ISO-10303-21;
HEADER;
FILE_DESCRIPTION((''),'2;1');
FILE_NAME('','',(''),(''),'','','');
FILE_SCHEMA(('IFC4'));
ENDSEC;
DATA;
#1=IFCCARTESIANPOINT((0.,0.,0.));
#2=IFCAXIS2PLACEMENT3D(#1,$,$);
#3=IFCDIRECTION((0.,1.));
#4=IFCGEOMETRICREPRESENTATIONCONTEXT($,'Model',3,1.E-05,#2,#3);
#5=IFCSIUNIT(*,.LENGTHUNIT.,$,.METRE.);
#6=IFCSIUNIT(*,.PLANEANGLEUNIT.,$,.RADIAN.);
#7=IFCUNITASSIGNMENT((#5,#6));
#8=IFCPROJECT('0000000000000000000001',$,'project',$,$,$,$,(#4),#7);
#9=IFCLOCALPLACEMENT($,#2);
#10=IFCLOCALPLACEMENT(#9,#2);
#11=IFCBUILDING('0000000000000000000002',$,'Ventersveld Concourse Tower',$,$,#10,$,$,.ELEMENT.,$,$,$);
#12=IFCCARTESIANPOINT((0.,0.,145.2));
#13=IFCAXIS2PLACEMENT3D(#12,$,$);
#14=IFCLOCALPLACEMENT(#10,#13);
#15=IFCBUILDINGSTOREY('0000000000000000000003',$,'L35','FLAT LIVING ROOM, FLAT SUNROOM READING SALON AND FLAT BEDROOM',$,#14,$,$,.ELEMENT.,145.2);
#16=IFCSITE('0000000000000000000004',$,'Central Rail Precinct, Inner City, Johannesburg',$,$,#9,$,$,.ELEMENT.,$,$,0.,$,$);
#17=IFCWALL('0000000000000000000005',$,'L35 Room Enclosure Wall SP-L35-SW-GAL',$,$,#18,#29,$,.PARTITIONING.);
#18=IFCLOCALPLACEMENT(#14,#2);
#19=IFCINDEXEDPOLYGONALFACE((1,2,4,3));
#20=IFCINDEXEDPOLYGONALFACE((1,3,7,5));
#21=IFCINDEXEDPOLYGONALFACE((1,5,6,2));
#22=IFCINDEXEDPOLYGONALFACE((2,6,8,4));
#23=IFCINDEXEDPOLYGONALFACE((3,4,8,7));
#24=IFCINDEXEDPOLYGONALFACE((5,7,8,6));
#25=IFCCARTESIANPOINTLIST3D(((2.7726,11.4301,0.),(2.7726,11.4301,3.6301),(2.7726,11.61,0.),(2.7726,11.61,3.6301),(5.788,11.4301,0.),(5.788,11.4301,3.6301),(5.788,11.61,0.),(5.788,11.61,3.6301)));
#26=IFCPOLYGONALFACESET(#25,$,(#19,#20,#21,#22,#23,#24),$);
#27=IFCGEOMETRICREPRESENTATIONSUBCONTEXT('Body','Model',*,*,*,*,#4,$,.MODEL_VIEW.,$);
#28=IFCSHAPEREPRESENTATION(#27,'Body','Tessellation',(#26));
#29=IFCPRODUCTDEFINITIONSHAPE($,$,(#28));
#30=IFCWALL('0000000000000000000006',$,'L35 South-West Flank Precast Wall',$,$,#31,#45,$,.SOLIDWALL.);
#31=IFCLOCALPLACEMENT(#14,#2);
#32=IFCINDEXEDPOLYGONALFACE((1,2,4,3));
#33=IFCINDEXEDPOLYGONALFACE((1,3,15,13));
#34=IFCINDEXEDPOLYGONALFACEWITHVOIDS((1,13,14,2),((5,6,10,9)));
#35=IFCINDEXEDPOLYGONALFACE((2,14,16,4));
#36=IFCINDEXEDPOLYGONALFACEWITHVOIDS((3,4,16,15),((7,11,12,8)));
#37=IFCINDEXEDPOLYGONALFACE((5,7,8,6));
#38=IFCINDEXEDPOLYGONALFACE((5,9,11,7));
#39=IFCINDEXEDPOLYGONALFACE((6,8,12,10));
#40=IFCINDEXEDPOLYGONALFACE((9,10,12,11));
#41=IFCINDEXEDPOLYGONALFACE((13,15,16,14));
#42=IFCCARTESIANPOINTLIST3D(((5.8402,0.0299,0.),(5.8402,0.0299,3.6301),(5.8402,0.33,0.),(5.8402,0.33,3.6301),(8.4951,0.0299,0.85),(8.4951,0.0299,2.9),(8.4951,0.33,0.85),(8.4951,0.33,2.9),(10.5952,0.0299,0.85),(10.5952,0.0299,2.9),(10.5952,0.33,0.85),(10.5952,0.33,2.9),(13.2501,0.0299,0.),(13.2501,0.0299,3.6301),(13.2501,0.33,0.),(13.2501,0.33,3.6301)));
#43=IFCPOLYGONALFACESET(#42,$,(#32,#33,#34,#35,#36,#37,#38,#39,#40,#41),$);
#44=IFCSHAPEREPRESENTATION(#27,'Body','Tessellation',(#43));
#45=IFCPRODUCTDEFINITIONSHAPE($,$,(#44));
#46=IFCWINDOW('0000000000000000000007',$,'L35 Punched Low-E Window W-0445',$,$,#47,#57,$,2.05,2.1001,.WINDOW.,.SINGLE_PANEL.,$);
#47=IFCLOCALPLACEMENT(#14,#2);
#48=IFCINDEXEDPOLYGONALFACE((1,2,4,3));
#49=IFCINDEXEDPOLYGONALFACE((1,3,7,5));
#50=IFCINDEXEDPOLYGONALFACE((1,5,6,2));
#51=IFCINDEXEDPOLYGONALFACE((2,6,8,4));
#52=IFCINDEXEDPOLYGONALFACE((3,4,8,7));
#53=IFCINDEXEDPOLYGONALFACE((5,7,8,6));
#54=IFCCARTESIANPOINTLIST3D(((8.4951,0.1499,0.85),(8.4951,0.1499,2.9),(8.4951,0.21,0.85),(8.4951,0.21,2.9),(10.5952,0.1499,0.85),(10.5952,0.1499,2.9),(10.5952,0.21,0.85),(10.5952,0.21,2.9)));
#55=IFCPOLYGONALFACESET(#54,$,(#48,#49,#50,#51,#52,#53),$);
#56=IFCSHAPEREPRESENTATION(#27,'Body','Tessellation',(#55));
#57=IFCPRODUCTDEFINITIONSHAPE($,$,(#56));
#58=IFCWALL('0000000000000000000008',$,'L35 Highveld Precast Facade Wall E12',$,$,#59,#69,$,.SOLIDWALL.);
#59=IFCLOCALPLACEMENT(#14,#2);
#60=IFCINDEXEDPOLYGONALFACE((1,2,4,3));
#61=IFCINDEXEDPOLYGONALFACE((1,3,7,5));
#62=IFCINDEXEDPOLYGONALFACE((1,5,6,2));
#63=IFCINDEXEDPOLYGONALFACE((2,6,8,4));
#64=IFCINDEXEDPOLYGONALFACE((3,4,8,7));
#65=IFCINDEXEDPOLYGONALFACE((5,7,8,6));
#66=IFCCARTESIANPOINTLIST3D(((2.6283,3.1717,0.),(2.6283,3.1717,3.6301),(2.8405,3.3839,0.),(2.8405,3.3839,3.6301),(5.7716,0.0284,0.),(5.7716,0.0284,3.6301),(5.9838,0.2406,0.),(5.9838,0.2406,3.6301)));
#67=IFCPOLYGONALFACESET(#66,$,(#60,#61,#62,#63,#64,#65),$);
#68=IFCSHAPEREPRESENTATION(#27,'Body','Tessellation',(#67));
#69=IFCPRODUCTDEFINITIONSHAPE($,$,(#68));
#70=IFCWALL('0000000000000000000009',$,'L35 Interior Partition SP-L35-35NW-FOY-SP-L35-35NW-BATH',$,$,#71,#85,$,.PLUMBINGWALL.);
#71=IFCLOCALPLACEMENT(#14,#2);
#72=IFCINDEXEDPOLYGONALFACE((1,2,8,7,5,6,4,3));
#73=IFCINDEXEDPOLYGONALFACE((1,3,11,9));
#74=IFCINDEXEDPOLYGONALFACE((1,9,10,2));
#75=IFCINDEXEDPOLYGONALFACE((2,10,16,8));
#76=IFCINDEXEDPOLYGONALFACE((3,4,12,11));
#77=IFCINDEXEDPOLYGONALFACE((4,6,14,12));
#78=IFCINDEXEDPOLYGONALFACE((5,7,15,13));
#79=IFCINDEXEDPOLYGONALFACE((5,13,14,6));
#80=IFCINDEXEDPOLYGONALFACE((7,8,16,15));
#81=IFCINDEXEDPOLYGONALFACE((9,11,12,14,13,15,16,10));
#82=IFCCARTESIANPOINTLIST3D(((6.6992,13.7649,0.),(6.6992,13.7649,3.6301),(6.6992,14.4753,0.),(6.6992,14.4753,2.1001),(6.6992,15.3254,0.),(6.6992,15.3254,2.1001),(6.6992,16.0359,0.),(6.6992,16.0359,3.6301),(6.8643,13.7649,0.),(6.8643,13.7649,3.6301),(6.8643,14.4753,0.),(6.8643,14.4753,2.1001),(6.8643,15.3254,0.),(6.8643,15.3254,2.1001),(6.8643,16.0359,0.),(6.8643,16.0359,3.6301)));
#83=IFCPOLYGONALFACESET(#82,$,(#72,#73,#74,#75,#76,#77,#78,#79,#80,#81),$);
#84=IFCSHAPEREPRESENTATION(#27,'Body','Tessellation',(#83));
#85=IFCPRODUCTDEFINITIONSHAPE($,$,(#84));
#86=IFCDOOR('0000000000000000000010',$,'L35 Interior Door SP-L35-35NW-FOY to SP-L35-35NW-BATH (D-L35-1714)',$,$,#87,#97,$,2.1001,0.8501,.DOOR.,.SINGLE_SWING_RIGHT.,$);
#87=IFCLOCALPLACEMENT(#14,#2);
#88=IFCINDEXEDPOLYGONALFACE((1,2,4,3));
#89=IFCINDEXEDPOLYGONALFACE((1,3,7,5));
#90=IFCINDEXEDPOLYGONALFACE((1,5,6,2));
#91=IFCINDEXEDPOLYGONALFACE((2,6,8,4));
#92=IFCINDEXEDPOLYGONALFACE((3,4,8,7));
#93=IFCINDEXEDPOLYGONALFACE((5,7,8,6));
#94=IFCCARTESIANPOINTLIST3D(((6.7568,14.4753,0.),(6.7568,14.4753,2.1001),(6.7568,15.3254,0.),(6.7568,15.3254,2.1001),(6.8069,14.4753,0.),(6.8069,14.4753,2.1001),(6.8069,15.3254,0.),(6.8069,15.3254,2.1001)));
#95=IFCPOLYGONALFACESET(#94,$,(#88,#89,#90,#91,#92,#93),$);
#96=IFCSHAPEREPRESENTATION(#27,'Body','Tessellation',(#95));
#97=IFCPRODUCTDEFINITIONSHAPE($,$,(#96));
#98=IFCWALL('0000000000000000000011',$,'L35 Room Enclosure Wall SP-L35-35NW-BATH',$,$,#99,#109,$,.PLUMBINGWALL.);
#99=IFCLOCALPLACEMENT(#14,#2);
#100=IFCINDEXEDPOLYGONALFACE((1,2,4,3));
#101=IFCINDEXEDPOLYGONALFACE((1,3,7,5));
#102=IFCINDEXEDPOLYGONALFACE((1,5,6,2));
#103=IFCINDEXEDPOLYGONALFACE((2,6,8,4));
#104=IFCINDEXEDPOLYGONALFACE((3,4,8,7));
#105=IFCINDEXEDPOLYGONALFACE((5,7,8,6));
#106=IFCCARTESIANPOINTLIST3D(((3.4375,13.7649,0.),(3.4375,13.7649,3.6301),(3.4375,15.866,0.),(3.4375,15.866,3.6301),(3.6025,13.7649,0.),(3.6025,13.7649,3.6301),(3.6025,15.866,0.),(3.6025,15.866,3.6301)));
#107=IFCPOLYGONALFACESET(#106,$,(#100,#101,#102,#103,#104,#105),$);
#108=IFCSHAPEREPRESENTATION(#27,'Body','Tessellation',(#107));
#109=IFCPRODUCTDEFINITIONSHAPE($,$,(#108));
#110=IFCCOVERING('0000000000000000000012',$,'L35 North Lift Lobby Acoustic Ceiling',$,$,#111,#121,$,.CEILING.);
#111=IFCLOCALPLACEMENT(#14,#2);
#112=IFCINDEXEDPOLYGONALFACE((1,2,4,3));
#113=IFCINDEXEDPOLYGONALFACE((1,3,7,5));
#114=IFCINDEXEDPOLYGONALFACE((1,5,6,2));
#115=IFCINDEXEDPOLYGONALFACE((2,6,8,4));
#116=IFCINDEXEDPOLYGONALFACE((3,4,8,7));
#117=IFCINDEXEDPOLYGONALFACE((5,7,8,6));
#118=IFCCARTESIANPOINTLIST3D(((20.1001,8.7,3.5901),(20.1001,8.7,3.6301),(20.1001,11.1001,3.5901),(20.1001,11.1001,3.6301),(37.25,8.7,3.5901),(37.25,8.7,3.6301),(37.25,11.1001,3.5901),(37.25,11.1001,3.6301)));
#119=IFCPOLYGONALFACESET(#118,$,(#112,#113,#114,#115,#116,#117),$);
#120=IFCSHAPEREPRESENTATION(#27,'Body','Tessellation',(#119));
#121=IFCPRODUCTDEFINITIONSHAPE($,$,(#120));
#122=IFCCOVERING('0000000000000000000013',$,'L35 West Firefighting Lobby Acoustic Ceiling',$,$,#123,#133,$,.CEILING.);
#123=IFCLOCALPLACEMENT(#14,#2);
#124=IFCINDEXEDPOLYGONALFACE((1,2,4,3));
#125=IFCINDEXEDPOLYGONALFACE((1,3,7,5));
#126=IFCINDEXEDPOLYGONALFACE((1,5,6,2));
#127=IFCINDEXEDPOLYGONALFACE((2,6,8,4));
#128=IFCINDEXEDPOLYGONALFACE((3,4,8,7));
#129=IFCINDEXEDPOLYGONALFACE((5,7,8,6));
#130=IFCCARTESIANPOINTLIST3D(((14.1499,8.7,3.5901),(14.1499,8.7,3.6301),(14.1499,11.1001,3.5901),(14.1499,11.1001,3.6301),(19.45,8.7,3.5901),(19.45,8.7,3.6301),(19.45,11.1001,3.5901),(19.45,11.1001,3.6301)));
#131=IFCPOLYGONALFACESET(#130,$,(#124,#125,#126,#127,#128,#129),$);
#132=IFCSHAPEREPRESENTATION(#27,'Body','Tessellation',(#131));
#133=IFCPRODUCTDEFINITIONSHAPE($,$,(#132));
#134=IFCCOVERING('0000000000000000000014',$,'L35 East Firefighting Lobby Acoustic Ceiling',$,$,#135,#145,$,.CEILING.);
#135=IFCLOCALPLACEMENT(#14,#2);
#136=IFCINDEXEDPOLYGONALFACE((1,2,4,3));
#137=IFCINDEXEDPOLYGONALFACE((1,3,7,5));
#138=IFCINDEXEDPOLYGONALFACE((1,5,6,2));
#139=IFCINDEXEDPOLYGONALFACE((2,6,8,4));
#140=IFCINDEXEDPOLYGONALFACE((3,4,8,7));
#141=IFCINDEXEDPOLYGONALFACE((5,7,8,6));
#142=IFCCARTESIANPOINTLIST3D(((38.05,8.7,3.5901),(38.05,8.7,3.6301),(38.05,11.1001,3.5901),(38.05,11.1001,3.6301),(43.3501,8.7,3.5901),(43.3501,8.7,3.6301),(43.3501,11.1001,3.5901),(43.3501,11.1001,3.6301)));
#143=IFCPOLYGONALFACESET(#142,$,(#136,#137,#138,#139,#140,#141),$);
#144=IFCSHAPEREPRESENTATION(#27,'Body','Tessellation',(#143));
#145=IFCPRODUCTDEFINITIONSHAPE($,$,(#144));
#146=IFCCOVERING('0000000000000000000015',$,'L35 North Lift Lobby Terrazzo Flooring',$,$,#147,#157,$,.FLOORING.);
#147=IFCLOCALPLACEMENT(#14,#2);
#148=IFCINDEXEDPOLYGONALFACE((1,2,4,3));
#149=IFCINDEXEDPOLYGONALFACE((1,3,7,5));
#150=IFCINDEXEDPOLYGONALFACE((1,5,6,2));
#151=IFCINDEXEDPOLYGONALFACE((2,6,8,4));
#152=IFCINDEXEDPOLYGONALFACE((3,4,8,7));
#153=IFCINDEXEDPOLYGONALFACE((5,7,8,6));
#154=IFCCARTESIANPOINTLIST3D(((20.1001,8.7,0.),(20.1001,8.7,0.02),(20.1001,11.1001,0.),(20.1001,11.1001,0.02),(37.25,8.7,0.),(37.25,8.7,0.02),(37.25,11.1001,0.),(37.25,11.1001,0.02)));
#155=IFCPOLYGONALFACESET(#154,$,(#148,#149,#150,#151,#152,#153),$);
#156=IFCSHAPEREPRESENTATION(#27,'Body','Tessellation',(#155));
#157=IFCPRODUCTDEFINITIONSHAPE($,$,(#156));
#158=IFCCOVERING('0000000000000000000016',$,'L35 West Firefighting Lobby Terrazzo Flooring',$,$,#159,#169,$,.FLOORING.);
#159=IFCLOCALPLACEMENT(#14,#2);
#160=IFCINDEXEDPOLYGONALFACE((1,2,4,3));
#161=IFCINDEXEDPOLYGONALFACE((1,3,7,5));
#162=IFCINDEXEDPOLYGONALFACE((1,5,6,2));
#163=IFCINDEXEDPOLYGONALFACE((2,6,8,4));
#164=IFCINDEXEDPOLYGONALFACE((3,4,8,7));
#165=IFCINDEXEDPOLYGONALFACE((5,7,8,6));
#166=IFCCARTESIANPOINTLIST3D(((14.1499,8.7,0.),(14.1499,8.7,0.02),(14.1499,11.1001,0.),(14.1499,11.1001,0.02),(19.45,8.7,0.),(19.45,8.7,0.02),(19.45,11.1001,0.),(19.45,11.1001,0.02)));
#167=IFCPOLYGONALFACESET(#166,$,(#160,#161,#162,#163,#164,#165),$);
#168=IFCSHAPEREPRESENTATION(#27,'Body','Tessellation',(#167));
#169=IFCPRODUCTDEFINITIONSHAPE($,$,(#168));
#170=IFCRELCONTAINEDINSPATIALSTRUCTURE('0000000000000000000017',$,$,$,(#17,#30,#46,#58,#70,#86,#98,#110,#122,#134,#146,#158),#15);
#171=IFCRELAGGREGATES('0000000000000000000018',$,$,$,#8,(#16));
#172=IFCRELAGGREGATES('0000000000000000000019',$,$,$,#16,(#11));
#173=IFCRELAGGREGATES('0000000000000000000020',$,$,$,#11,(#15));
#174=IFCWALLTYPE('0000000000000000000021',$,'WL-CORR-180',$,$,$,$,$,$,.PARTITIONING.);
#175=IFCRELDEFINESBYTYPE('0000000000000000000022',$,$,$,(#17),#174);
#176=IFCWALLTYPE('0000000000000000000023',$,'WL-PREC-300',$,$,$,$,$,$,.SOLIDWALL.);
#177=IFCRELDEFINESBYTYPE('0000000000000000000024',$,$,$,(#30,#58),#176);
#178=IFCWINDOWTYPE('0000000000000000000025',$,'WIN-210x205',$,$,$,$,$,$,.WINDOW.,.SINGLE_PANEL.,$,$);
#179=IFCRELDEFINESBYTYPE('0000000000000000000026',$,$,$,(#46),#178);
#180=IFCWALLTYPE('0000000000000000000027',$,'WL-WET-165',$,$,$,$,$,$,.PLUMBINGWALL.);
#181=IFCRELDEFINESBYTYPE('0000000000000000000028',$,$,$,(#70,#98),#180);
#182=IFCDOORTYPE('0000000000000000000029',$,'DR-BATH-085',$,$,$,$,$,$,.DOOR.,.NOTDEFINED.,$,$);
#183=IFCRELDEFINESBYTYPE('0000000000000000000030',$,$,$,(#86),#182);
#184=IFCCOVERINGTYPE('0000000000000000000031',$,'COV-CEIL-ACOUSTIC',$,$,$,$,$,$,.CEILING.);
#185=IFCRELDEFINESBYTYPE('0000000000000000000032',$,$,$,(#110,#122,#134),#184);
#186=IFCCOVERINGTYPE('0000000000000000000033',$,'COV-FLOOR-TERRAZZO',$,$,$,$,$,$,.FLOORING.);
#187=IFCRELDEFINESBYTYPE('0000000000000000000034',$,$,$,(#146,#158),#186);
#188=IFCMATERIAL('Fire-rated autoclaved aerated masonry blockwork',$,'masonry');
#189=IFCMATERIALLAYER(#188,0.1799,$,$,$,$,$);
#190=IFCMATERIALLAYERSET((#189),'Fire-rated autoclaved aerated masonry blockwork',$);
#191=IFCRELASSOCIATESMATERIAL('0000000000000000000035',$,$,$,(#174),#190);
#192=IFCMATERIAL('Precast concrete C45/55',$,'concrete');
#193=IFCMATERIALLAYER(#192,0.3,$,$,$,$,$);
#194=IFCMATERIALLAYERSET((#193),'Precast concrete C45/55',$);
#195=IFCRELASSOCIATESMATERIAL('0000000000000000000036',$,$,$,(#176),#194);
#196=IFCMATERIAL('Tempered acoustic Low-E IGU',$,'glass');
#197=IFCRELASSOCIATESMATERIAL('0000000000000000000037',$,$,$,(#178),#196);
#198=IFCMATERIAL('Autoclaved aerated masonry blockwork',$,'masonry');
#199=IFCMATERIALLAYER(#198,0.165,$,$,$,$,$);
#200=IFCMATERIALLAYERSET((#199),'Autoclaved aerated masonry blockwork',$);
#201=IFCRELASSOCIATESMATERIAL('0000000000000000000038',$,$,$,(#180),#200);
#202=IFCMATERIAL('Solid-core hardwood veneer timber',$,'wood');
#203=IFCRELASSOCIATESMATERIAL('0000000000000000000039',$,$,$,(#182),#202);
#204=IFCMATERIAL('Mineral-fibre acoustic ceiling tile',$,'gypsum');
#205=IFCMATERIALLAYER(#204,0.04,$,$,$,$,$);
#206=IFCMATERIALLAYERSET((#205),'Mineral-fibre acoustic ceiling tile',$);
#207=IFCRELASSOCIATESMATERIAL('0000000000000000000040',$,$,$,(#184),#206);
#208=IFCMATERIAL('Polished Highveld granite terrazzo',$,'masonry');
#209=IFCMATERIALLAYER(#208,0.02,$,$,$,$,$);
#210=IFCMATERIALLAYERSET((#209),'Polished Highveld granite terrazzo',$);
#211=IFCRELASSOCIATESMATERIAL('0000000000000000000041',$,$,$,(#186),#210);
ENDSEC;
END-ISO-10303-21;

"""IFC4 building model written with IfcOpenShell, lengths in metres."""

from ifc_helpers import new_model, si_unit, direction, frame, frame_2d, origin, place, context, subcontext, project, spatial, polyline, rectangle, outline, extrude, material, layer, layer_set, type_object, element, fill, save


model = new_model("IFC4")

# Units and contexts
model_context = context("Model", 3, precision=1e-05, world=origin(), true_north=direction((0.0, 1.0)))
body_context = subcontext(model_context, "Body", "Model", "MODEL_VIEW")
ifc_project = project(units=[si_unit("LENGTHUNIT", "METRE"), si_unit("PLANEANGLEUNIT", "RADIAN")], contexts=[model_context])

# Site, building, storey
site_placement = place(None, origin())
site = spatial("IfcSite", under=ifc_project, at=site_placement, Name="Central Rail Precinct, Inner City, Johannesburg", CompositionType="ELEMENT", RefElevation=0.0)
building_placement = place(site_placement, origin())
building = spatial("IfcBuilding", under=site, at=building_placement, Name="Ventersveld Concourse Tower", CompositionType="ELEMENT")
storey_placement = place(building_placement, frame((0.0, 0.0, 145.2)))
storey = spatial("IfcBuildingStorey", under=building, at=storey_placement, Name="L35", Description="FLAT LIVING ROOM, FLAT SUNROOM READING SALON AND FLAT BEDROOM", CompositionType="ELEMENT", Elevation=145.2)

# Shared definitions
ifc_material_1 = material(Name="Fire-rated autoclaved aerated masonry blockwork", Category="masonry")
ifc_layer_1 = layer(ifc_material_1, 0.1799)
ifc_layer_set_1 = layer_set([ifc_layer_1], Name="Fire-rated autoclaved aerated masonry blockwork")
wall_type_1 = type_object("IfcWallType", Name="WL-CORR-180", PredefinedType="PARTITIONING", material=ifc_layer_set_1)
ifc_material_2 = material(Name="Solid-core hardwood veneer timber", Category="wood")

# Wall
wall_1_placement = place(storey_placement, frame((2.7725, 11.52, 0.0), z_axis=(0.0, 0.0, 1.0), x_axis=(1.0, 0.0, 0.0)))
element("IfcWall", 1, at=wall_1_placement, inside=storey, type_object=wall_type_1, Name="L35 Room Enclosure Wall SP-L35-SW-GAL", PredefinedType="PARTITIONING", context=body_context, shape_type="SweptSolid", body=[
    extrude(rectangle(XDim=3.0154, YDim=0.1799, at=frame_2d((1.5078, 0.0))), origin(), (0.0, 0.0, 1.0), 3.6301),
])

# Wall, opening, window
ifc_material_3 = material(Name="Precast concrete C45/55", Category="concrete")
ifc_layer_2 = layer(ifc_material_3, 0.3)
ifc_layer_set_2 = layer_set([ifc_layer_2], Name="Precast concrete C45/55")
wall_type_2 = type_object("IfcWallType", Name="WL-PREC-300", PredefinedType="SOLIDWALL", material=ifc_layer_set_2)
wall_2_placement = place(storey_placement, frame((5.8401, 0.1799, 0.0), z_axis=(0.0, 0.0, 1.0), x_axis=(1.0, 0.0, 0.0)))
wall_2 = element("IfcWall", 2, at=wall_2_placement, inside=storey, type_object=wall_type_2, Name="L35 South-West Flank Precast Wall", PredefinedType="SOLIDWALL", context=body_context, shape_type="SweptSolid", body=[
    extrude(rectangle(XDim=7.4099, YDim=0.3, at=frame_2d((3.7051, 0.0))), origin(), (0.0, 0.0, 1.0), 3.6301),
])
opening_1_placement = place(wall_2_placement, frame((2.655, 0.0, 0.8501)))
opening_1 = element("IfcOpeningElement", 3, at=opening_1_placement, cuts=wall_2, PredefinedType="OPENING", context=body_context, shape_type="SweptSolid", body=[
    extrude(rectangle(XDim=2.1001, YDim=2.05, at=frame_2d((1.05, 1.0249))), frame((0.0, 0.1602, 0.0), z_axis=(0.0, -1.0, 0.0), x_axis=(1.0, 0.0, 0.0)), (0.0, 0.0, 1.0), 0.3201),
])
ifc_material_4 = material(Name="Tempered acoustic Low-E IGU", Category="glass")
window_type = type_object("IfcWindowType", Name="WIN-210x205", PartitioningType="SINGLE_PANEL", PredefinedType="WINDOW", material=ifc_material_4)
window_placement = place(opening_1_placement, origin())
window = element("IfcWindow", 4, at=window_placement, inside=storey, type_object=window_type, Name="L35 Punched Low-E Window W-0445", OverallHeight=2.05, OverallWidth=2.1001, PartitioningType="SINGLE_PANEL", PredefinedType="WINDOW", context=body_context, shape_type="SweptSolid", body=[
    extrude(rectangle(XDim=2.1001, YDim=2.05, at=frame_2d((1.05, 1.0249))), frame((0.0, 0.03, 0.0), z_axis=(0.0, -1.0, 0.0), x_axis=(1.0, 0.0, 0.0)), (0.0, 0.0, 1.0), 0.0601),
])
fill(opening_1, window)

# Wall
wall_3_placement = place(storey_placement, frame((2.7344, 3.2778, 0.0), z_axis=(0.0, 0.0, 1.0), x_axis=(0.707107, -0.707107, 0.0)))
element("IfcWall", 5, at=wall_3_placement, inside=storey, type_object=wall_type_2, Name="L35 Highveld Precast Facade Wall E12", PredefinedType="SOLIDWALL", context=body_context, shape_type="SweptSolid", body=[
    extrude(rectangle(XDim=4.4453, YDim=0.3, at=frame_2d((2.2227, 0.0))), origin(), (0.0, 0.0, 1.0), 3.6301),
])

# Wall, opening, door
ifc_material_5 = material(Name="Autoclaved aerated masonry blockwork", Category="masonry")
ifc_layer_3 = layer(ifc_material_5, 0.165)
ifc_layer_set_3 = layer_set([ifc_layer_3], Name="Autoclaved aerated masonry blockwork")
wall_type_3 = type_object("IfcWallType", Name="WL-WET-165", PredefinedType="PLUMBINGWALL", material=ifc_layer_set_3)
wall_4_placement = place(storey_placement, frame((6.7817, 13.7649, 0.0), z_axis=(0.0, 0.0, 1.0), x_axis=(0.0, 1.0, 0.0)))
wall_4 = element("IfcWall", 6, at=wall_4_placement, inside=storey, type_object=wall_type_3, Name="L35 Interior Partition SP-L35-35NW-FOY-SP-L35-35NW-BATH", PredefinedType="PLUMBINGWALL", context=body_context, shape_type="SweptSolid", body=[
    extrude(rectangle(XDim=2.271, YDim=0.165, at=frame_2d((1.1355, 0.0))), origin(), (0.0, 0.0, 1.0), 3.6301),
])
opening_2_placement = place(wall_4_placement, frame((0.7104, 0.0, 0.0)))
opening_2 = element("IfcOpeningElement", 7, at=opening_2_placement, cuts=wall_4, PredefinedType="OPENING", context=body_context, shape_type="SweptSolid", body=[
    extrude(rectangle(XDim=0.8501, YDim=2.1001, at=frame_2d((0.425, 1.05))), frame((0.0, 0.0925, 0.0), z_axis=(0.0, -1.0, 0.0), x_axis=(1.0, 0.0, 0.0)), (0.0, 0.0, 1.0), 0.1851),
])
door_type_1 = type_object("IfcDoorType", Name="DR-BATH-085", OperationType="NOTDEFINED", PredefinedType="DOOR", material=ifc_material_2)
door_1_placement = place(opening_2_placement, origin())
door_1 = element("IfcDoor", 8, at=door_1_placement, inside=storey, type_object=door_type_1, Name="L35 Interior Door SP-L35-35NW-FOY to SP-L35-35NW-BATH (D-L35-1714)", OperationType="SINGLE_SWING_RIGHT", OverallHeight=2.1001, OverallWidth=0.8501, PredefinedType="DOOR", context=body_context, shape_type="SweptSolid", body=[
    extrude(rectangle(XDim=0.8501, YDim=2.1001, at=frame_2d((0.425, 1.05))), frame((0.0, 0.0249, 0.0), z_axis=(0.0, -1.0, 0.0), x_axis=(1.0, 0.0, 0.0)), (0.0, 0.0, 1.0), 0.05),
])
fill(opening_2, door_1)

# Wall
wall_5_placement = place(storey_placement, frame((3.52, 13.7649, 0.0), z_axis=(0.0, 0.0, 1.0), x_axis=(0.0, 1.0, 0.0)))
element("IfcWall", 9, at=wall_5_placement, inside=storey, type_object=wall_type_3, Name="L35 Room Enclosure Wall SP-L35-35NW-BATH", PredefinedType="PLUMBINGWALL", context=body_context, shape_type="SweptSolid", body=[
    extrude(rectangle(XDim=2.1011, YDim=0.165, at=frame_2d((1.0505, 0.0))), origin(), (0.0, 0.0, 1.0), 3.6301),
])

# Coverings
ifc_material_6 = material(Name="Mineral-fibre acoustic ceiling tile", Category="gypsum")
ifc_layer_4 = layer(ifc_material_6, 0.04)
ifc_layer_set_4 = layer_set([ifc_layer_4], Name="Mineral-fibre acoustic ceiling tile")
covering_type_1 = type_object("IfcCoveringType", Name="COV-CEIL-ACOUSTIC", PredefinedType="CEILING", material=ifc_layer_set_4)
covering_1_placement = place(storey_placement, frame((0.0, 0.0, 3.5901)))
element("IfcCovering", 10, at=covering_1_placement, inside=storey, type_object=covering_type_1, Name="L35 North Lift Lobby Acoustic Ceiling", PredefinedType="CEILING", context=body_context, shape_type="SweptSolid", body=[
    extrude(outline(polyline([(20.1001, 8.7), (37.25, 8.7), (37.25, 11.1001), (20.1001, 11.1001), (20.1001, 8.7)])), origin(), (0.0, 0.0, 1.0), 0.04),
])
covering_2_placement = place(storey_placement, frame((0.0, 0.0, 3.5901)))
element("IfcCovering", 11, at=covering_2_placement, inside=storey, type_object=covering_type_1, Name="L35 West Firefighting Lobby Acoustic Ceiling", PredefinedType="CEILING", context=body_context, shape_type="SweptSolid", body=[
    extrude(outline(polyline([(14.1499, 8.7), (19.45, 8.7), (19.45, 11.1001), (14.1499, 11.1001), (14.1499, 8.7)])), origin(), (0.0, 0.0, 1.0), 0.04),
])
covering_3_placement = place(storey_placement, frame((0.0, 0.0, 3.5901)))
element("IfcCovering", 12, at=covering_3_placement, inside=storey, type_object=covering_type_1, Name="L35 East Firefighting Lobby Acoustic Ceiling", PredefinedType="CEILING", context=body_context, shape_type="SweptSolid", body=[
    extrude(outline(polyline([(38.05, 8.7), (43.3501, 8.7), (43.3501, 11.1001), (38.05, 11.1001), (38.05, 8.7)])), origin(), (0.0, 0.0, 1.0), 0.04),
])
ifc_material_7 = material(Name="Polished Highveld granite terrazzo", Category="masonry")
ifc_layer_5 = layer(ifc_material_7, 0.02)
ifc_layer_set_5 = layer_set([ifc_layer_5], Name="Polished Highveld granite terrazzo")
covering_type_2 = type_object("IfcCoveringType", Name="COV-FLOOR-TERRAZZO", PredefinedType="FLOORING", material=ifc_layer_set_5)
covering_4_placement = place(storey_placement, origin())
element("IfcCovering", 13, at=covering_4_placement, inside=storey, type_object=covering_type_2, Name="L35 North Lift Lobby Terrazzo Flooring", PredefinedType="FLOORING", context=body_context, shape_type="SweptSolid", body=[
    extrude(outline(polyline([(20.1001, 8.7), (37.25, 8.7), (37.25, 11.1001), (20.1001, 11.1001), (20.1001, 8.7)])), origin(), (0.0, 0.0, 1.0), 0.02),
])
covering_5_placement = place(storey_placement, origin())
element("IfcCovering", 14, at=covering_5_placement, inside=storey, type_object=covering_type_2, Name="L35 West Firefighting Lobby Terrazzo Flooring", PredefinedType="FLOORING", context=body_context, shape_type="SweptSolid", body=[
    extrude(outline(polyline([(14.1499, 8.7), (19.45, 8.7), (19.45, 11.1001), (14.1499, 11.1001), (14.1499, 8.7)])), origin(), (0.0, 0.0, 1.0), 0.02),
])

save(model, "model.ifc")
